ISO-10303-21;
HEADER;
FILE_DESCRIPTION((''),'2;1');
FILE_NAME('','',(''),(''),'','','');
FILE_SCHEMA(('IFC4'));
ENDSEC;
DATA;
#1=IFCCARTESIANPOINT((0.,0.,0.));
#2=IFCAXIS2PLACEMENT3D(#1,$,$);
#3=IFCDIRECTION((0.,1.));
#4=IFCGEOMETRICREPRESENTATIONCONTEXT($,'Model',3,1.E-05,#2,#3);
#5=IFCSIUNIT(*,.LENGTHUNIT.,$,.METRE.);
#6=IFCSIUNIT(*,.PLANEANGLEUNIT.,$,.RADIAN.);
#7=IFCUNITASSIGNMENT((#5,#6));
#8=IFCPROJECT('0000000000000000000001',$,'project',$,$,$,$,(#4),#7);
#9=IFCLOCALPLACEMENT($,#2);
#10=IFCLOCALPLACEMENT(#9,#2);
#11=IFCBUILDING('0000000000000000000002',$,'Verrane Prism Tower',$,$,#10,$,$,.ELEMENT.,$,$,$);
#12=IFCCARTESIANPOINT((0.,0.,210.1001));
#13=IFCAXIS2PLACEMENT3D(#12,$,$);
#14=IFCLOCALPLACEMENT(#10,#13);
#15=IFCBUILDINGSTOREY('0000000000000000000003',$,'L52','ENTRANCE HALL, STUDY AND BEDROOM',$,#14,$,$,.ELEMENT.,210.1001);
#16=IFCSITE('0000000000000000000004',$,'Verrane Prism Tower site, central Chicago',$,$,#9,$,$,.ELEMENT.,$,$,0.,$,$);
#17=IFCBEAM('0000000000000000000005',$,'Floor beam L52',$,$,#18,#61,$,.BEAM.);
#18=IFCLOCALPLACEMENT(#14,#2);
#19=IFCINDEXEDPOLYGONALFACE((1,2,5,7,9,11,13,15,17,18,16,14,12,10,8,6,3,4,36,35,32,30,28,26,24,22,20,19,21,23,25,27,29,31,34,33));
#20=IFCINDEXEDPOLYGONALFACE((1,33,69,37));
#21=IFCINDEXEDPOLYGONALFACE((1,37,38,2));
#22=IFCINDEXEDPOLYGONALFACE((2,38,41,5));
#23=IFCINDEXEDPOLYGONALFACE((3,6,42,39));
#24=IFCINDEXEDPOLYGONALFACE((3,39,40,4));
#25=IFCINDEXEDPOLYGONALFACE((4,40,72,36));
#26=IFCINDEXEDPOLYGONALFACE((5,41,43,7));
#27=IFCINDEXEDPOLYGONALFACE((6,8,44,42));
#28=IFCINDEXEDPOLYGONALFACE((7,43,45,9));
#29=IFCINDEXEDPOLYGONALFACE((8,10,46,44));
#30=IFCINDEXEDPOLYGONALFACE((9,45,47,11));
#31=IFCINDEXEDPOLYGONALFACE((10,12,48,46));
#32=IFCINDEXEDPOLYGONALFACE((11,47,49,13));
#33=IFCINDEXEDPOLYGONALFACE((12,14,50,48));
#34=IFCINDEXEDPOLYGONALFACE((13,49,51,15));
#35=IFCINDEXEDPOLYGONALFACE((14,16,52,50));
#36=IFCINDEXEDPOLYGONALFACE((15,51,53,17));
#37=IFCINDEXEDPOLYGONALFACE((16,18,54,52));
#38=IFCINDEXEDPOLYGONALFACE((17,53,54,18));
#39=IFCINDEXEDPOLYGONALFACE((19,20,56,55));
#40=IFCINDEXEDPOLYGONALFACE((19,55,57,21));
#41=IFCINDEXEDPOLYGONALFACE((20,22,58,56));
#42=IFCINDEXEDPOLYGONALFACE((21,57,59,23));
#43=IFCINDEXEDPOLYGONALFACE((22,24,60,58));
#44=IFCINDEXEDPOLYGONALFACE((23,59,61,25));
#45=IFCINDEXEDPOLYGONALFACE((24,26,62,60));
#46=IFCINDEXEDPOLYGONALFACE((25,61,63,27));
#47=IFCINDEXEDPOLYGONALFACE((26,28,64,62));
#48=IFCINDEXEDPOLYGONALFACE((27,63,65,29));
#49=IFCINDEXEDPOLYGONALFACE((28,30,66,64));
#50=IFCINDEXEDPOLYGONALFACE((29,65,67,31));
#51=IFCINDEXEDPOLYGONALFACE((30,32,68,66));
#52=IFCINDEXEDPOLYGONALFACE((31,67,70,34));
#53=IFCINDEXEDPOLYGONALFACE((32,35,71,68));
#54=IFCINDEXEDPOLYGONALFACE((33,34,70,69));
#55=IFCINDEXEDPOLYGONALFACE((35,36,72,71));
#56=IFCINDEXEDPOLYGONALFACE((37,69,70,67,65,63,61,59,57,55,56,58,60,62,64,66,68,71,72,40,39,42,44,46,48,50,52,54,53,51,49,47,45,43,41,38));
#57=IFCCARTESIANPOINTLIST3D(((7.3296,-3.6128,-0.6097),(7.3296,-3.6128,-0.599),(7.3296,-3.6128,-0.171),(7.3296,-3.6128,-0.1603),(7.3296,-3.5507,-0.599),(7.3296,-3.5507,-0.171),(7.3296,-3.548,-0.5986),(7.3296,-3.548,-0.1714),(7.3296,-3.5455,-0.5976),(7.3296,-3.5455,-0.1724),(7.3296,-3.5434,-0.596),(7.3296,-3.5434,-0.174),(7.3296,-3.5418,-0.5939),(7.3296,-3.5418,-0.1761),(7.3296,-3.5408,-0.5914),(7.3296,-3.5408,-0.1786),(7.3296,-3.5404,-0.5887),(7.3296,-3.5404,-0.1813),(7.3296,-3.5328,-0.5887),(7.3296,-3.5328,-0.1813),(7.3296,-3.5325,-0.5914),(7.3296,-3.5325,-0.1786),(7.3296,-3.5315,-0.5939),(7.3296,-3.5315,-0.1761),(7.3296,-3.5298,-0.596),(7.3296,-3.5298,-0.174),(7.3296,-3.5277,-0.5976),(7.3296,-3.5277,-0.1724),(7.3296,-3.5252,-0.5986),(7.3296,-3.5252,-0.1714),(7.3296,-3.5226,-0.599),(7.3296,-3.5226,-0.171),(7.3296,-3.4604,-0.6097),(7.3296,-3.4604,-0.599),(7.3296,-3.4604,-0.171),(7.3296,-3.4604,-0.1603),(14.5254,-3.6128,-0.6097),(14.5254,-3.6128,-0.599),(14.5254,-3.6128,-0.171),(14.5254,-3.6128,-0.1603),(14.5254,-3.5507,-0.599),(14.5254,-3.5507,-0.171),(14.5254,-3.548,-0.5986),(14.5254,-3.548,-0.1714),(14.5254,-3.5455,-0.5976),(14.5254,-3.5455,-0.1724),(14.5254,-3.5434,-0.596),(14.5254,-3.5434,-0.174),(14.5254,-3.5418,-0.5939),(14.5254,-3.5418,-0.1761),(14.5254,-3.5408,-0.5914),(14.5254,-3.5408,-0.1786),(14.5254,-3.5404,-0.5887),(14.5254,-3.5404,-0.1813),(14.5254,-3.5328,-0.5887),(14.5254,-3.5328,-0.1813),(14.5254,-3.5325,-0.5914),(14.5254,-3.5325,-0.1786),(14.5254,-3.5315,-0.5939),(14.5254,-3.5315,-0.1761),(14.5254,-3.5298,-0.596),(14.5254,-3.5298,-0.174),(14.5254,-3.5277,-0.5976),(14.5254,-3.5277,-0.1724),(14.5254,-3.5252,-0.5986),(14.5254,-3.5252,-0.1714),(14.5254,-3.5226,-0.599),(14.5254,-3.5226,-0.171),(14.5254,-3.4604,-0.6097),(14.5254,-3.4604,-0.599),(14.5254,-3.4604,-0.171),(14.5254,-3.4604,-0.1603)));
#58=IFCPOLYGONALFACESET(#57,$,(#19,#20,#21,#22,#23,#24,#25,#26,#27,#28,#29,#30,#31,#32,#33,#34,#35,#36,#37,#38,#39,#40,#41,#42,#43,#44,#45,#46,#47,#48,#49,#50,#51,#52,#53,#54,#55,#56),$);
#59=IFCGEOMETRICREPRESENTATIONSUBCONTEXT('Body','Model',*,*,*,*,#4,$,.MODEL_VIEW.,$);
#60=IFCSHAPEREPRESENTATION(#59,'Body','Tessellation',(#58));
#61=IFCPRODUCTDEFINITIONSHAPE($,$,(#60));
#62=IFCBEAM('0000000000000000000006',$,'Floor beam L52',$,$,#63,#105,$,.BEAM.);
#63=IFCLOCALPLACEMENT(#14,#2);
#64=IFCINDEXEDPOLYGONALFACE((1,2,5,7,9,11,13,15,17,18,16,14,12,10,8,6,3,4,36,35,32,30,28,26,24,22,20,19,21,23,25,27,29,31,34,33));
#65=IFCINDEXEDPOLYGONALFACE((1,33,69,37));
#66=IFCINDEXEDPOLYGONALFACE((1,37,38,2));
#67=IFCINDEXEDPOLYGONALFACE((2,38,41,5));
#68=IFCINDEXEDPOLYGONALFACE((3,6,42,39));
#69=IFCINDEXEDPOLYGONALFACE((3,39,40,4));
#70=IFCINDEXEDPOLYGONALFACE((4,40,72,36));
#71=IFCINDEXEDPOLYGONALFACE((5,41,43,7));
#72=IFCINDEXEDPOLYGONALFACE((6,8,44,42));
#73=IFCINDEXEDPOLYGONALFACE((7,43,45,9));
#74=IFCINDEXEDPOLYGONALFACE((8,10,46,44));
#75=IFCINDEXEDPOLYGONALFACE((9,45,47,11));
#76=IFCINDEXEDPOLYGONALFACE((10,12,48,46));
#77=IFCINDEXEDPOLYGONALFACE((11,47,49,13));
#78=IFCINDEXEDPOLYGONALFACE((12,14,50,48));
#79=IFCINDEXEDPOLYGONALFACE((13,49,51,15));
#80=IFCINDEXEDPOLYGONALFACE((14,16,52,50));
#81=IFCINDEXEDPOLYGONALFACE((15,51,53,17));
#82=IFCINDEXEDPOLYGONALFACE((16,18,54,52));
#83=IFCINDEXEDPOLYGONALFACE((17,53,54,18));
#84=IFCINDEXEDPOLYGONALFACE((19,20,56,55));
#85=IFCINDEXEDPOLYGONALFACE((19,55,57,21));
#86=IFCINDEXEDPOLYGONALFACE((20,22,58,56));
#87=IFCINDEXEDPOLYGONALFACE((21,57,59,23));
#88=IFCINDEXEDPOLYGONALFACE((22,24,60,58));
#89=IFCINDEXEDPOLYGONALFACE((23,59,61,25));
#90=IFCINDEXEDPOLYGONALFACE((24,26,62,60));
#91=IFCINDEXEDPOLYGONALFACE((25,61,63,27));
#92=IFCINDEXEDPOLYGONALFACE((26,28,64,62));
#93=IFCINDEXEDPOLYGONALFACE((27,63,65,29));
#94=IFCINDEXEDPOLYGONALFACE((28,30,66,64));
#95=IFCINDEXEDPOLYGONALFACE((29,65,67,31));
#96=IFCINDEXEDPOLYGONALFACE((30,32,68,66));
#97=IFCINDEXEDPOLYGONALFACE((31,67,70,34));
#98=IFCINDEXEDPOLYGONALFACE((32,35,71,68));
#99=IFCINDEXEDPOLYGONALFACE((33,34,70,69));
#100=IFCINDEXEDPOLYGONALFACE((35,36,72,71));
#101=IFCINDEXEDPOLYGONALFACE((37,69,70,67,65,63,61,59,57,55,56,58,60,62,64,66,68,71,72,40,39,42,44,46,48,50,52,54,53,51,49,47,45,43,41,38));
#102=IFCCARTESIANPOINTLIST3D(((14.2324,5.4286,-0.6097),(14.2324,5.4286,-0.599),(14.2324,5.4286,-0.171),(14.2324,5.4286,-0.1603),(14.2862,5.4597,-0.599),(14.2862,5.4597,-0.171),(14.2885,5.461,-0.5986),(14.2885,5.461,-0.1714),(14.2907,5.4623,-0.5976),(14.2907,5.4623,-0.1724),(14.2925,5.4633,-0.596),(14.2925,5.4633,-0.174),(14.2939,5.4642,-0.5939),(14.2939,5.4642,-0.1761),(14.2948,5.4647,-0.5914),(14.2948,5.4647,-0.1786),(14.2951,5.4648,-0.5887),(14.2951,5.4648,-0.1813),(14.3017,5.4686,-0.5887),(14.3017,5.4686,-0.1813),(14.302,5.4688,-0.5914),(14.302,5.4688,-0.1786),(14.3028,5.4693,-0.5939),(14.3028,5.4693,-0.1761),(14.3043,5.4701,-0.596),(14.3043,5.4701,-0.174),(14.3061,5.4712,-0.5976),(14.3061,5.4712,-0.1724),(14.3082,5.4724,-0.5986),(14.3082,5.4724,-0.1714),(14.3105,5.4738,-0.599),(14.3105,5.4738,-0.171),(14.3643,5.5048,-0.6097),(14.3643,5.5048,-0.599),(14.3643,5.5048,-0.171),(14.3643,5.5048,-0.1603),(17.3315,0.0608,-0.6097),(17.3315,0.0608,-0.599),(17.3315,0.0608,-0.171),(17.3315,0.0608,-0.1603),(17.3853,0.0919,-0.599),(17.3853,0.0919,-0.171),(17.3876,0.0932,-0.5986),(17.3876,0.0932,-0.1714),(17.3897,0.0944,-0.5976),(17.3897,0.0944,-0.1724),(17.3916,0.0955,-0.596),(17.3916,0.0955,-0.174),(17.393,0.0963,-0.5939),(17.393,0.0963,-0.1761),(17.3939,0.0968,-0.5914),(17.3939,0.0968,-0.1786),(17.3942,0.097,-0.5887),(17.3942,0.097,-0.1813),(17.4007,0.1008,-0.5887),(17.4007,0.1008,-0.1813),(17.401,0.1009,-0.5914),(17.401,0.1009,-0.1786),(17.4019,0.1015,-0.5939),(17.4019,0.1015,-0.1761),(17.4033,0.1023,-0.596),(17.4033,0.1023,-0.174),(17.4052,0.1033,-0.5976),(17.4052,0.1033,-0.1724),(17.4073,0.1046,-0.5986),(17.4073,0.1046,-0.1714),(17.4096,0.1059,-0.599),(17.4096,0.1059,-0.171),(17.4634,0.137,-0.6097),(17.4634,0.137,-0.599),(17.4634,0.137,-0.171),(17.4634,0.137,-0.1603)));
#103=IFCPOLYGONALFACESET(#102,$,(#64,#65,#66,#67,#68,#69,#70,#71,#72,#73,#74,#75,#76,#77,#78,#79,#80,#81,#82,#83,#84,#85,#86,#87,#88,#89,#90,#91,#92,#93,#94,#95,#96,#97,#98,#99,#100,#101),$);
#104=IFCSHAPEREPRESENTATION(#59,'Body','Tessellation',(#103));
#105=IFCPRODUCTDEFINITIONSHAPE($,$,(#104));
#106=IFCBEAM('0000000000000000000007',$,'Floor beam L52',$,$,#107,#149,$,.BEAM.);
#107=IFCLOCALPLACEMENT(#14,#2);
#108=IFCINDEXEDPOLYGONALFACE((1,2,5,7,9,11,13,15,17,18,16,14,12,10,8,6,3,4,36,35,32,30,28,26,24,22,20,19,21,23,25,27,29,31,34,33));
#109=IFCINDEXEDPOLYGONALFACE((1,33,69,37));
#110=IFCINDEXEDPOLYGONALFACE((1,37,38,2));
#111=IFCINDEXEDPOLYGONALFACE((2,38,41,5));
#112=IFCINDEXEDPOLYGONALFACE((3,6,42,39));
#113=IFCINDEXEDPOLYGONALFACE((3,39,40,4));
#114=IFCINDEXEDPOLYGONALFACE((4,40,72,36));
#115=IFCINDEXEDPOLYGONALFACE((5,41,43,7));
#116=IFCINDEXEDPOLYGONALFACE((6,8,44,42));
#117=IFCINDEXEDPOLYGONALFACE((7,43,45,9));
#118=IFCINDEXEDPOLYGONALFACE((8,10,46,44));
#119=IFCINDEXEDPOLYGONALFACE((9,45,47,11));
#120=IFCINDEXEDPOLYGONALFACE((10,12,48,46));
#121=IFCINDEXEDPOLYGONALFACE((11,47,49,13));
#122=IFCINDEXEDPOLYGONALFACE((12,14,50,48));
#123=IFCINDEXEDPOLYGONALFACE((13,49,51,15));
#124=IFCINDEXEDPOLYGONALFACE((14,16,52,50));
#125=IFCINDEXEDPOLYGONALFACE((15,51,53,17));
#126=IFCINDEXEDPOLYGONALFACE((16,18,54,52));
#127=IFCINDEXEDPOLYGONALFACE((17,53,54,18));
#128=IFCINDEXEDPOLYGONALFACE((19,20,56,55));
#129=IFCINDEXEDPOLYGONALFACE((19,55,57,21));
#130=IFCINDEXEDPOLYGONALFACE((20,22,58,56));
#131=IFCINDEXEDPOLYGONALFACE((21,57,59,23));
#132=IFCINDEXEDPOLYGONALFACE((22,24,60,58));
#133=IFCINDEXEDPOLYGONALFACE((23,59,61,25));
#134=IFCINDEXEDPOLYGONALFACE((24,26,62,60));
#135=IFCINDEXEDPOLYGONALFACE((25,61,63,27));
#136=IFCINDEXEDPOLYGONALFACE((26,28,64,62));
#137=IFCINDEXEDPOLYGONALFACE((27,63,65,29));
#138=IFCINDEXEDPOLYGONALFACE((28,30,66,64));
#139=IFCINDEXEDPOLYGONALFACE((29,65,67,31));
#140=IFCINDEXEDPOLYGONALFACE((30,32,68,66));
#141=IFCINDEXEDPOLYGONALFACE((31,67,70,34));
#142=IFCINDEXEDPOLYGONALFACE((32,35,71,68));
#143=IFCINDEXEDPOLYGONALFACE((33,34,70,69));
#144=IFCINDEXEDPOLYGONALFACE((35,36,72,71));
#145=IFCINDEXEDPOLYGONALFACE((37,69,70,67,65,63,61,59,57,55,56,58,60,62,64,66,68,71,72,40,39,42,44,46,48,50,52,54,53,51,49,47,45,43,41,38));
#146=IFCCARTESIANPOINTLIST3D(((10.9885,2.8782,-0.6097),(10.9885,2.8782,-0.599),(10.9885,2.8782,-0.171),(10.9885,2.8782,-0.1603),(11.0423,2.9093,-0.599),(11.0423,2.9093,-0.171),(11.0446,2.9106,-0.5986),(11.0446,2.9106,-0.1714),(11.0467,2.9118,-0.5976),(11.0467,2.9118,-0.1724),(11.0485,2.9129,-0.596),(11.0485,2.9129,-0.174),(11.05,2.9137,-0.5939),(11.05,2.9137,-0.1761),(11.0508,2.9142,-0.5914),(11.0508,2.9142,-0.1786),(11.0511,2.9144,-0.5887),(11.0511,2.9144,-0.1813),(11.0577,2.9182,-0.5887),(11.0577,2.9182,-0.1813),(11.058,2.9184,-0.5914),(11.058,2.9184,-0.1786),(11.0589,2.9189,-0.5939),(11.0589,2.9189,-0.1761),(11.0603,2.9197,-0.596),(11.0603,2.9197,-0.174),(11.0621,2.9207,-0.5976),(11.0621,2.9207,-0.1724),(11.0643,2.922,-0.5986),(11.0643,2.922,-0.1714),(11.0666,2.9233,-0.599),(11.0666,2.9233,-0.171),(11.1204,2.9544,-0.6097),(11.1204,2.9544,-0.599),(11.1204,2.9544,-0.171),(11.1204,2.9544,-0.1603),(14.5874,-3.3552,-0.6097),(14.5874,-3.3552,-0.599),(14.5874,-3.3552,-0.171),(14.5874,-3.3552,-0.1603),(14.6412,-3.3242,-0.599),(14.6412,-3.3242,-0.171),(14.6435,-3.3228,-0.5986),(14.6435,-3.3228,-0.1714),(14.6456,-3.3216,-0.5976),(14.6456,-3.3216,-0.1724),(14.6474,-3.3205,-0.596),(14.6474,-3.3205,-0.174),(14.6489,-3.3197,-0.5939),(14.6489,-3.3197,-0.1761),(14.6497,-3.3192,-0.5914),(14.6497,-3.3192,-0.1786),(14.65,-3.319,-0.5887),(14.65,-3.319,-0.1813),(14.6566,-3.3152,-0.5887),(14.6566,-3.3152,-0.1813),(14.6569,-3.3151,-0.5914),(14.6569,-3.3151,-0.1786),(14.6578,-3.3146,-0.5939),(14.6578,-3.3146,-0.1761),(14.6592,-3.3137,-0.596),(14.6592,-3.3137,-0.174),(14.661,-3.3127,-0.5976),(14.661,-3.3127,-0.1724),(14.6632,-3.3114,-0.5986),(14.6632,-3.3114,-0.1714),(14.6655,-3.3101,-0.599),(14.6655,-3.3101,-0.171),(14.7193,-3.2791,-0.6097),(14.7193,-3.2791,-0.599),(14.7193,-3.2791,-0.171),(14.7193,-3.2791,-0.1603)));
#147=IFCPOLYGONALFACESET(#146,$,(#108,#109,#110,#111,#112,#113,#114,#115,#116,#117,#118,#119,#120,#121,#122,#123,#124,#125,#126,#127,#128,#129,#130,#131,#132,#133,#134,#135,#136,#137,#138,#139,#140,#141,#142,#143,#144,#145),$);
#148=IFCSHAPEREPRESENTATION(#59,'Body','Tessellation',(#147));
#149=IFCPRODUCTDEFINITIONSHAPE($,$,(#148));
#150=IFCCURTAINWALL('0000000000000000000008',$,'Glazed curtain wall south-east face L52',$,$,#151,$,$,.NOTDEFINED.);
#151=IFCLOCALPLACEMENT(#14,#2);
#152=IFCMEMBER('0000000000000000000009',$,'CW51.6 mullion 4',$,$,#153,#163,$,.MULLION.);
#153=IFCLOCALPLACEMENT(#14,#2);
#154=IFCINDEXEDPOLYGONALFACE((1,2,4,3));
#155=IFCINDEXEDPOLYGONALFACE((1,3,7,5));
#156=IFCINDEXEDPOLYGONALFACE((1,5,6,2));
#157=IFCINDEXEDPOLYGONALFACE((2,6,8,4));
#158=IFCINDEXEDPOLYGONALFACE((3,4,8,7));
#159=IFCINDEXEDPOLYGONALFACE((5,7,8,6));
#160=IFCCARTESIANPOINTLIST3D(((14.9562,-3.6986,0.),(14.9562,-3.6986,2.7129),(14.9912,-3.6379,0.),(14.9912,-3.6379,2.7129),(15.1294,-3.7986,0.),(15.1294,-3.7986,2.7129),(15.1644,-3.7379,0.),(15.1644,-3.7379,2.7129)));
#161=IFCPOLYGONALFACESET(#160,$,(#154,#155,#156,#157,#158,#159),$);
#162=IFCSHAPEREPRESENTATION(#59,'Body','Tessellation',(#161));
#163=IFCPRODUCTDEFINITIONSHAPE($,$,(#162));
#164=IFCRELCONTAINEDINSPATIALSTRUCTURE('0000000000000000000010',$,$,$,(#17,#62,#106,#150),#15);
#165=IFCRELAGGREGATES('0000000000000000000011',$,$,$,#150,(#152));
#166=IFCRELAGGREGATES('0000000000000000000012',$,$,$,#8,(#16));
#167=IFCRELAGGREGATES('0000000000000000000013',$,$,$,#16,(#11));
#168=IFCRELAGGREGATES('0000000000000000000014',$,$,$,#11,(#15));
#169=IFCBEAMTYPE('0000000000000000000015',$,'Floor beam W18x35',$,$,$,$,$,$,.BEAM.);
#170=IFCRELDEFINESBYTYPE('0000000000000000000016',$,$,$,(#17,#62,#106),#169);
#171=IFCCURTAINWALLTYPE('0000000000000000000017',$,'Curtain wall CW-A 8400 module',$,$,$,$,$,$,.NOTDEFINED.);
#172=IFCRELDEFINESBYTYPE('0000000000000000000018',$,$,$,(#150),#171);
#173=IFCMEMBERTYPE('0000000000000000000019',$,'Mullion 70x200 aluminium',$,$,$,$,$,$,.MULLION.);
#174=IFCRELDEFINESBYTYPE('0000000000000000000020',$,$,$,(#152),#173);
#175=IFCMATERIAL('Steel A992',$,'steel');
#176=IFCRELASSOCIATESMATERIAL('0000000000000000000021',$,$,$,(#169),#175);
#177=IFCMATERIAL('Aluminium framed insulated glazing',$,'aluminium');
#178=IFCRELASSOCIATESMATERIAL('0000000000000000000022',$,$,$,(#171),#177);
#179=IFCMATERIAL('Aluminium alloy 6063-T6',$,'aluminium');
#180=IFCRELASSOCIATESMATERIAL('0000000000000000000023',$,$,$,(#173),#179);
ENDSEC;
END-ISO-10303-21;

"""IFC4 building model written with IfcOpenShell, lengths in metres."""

from ifc_helpers import new_model, si_unit, direction, frame, origin, origin_2d, place, context, subcontext, project, spatial, rectangle, i_section, extrude, material, material_profile, profile_set, type_object, element, aggregate, save


model = new_model("IFC4")

# Units and contexts
model_context = context("Model", 3, precision=1e-05, world=origin(), true_north=direction((0.0, 1.0)))
body_context = subcontext(model_context, "Body", "Model", "MODEL_VIEW")
ifc_project = project(units=[si_unit("LENGTHUNIT", "METRE"), si_unit("PLANEANGLEUNIT", "RADIAN")], contexts=[model_context])

# Site, building, storey
site_placement = place(None, origin())
site = spatial("IfcSite", under=ifc_project, at=site_placement, Name="Verrane Prism Tower site, central Chicago", CompositionType="ELEMENT", RefElevation=0.0)
building_placement = place(site_placement, origin())
building = spatial("IfcBuilding", under=site, at=building_placement, Name="Verrane Prism Tower", CompositionType="ELEMENT")
storey_placement = place(building_placement, frame((0.0, 0.0, 210.1001)))
storey = spatial("IfcBuildingStorey", under=building, at=storey_placement, Name="L52", Description="ENTRANCE HALL, STUDY AND BEDROOM", CompositionType="ELEMENT", Elevation=210.1001)

# Beams
ifc_material_1 = material(Name="Steel A992", Category="steel")
ifc_material_profile_1 = material_profile(ifc_material_1, i_section(OverallWidth=0.1523, OverallDepth=0.4495, WebThickness=0.0076, FlangeThickness=0.0107, FilletRadius=0.0103, at=origin_2d()), Name="W18x35")
ifc_profile_set_1 = profile_set([ifc_material_profile_1], Name="Steel A992")
beam_type_1 = type_object("IfcBeamType", Name="Floor beam W18x35", PredefinedType="BEAM", material=ifc_profile_set_1)
beam_1_placement = place(storey_placement, frame((7.3296, -3.5366, -0.385), z_axis=(1.0, 0.0, 0.0), x_axis=(0.0, 1.0, 0.0)))
element("IfcBeam", 1, at=beam_1_placement, inside=storey, type_object=beam_type_1, Name="Floor beam L52", PredefinedType="BEAM", context=body_context, shape_type="SweptSolid", body=[
    extrude(i_section(OverallWidth=0.1523, OverallDepth=0.4495, WebThickness=0.0076, FlangeThickness=0.0107, FilletRadius=0.0103, at=origin_2d()), origin(), (0.0, 0.0, 1.0), 7.1958),
])
beam_2_placement = place(storey_placement, frame((17.3975, 0.0989, -0.385), z_axis=(-0.499994, 0.866029, 0.0), x_axis=(-0.866029, -0.499994, 0.0)))
element("IfcBeam", 2, at=beam_2_placement, inside=storey, type_object=beam_type_1, Name="Floor beam L52", PredefinedType="BEAM", context=body_context, shape_type="SweptSolid", body=[
    extrude(i_section(OverallWidth=0.1523, OverallDepth=0.4495, WebThickness=0.0076, FlangeThickness=0.0107, FilletRadius=0.0103, at=origin_2d()), origin(), (0.0, 0.0, 1.0), 6.1982),
])
beam_3_placement = place(storey_placement, frame((14.6533, -3.3171, -0.385), z_axis=(-0.500002, 0.866024, 0.0), x_axis=(-0.866024, -0.500002, 0.0)))
element("IfcBeam", 3, at=beam_3_placement, inside=storey, type_object=beam_type_1, Name="Floor beam L52", PredefinedType="BEAM", context=body_context, shape_type="SweptSolid", body=[
    extrude(i_section(OverallWidth=0.1523, OverallDepth=0.4495, WebThickness=0.0076, FlangeThickness=0.0107, FilletRadius=0.0103, at=origin_2d()), origin(), (0.0, 0.0, 1.0), 7.1978),
])

# Curtain wall, member
ifc_material_2 = material(Name="Aluminium framed insulated glazing", Category="aluminium")
curtain_wall_type = type_object("IfcCurtainWallType", Name="Curtain wall CW-A 8400 module", PredefinedType="NOTDEFINED", material=ifc_material_2)
curtain_wall_placement = place(storey_placement, origin())
curtain_wall = element("IfcCurtainWall", 4, at=curtain_wall_placement, inside=storey, type_object=curtain_wall_type, Name="Glazed curtain wall south-east face L52", PredefinedType="NOTDEFINED")
ifc_material_3 = material(Name="Aluminium alloy 6063-T6", Category="aluminium")
ifc_material_profile_2 = material_profile(ifc_material_3, rectangle(XDim=0.2, YDim=0.0701, at=origin_2d()), Name="Mullion 70x200 aluminium")
ifc_profile_set_2 = profile_set([ifc_material_profile_2], Name="Aluminium alloy 6063-T6")
member_type_1 = type_object("IfcMemberType", Name="Mullion 70x200 aluminium", PredefinedType="MULLION", material=ifc_profile_set_2)
member_1_placement = place(storey_placement, frame((15.0603, -3.7183, 0.0), z_axis=(0.0, 0.0, 1.0), x_axis=(-0.866026, 0.499999, 0.0)))
member_1 = element("IfcMember", 5, at=member_1_placement, type_object=member_type_1, Name="CW51.6 mullion 4", PredefinedType="MULLION", context=body_context, shape_type="SweptSolid", body=[
    extrude(rectangle(XDim=0.2, YDim=0.0701, at=origin_2d()), origin(), (0.0, 0.0, 1.0), 2.7129),
])

aggregate(curtain_wall, [member_1])

save(model, "model.ifc")
